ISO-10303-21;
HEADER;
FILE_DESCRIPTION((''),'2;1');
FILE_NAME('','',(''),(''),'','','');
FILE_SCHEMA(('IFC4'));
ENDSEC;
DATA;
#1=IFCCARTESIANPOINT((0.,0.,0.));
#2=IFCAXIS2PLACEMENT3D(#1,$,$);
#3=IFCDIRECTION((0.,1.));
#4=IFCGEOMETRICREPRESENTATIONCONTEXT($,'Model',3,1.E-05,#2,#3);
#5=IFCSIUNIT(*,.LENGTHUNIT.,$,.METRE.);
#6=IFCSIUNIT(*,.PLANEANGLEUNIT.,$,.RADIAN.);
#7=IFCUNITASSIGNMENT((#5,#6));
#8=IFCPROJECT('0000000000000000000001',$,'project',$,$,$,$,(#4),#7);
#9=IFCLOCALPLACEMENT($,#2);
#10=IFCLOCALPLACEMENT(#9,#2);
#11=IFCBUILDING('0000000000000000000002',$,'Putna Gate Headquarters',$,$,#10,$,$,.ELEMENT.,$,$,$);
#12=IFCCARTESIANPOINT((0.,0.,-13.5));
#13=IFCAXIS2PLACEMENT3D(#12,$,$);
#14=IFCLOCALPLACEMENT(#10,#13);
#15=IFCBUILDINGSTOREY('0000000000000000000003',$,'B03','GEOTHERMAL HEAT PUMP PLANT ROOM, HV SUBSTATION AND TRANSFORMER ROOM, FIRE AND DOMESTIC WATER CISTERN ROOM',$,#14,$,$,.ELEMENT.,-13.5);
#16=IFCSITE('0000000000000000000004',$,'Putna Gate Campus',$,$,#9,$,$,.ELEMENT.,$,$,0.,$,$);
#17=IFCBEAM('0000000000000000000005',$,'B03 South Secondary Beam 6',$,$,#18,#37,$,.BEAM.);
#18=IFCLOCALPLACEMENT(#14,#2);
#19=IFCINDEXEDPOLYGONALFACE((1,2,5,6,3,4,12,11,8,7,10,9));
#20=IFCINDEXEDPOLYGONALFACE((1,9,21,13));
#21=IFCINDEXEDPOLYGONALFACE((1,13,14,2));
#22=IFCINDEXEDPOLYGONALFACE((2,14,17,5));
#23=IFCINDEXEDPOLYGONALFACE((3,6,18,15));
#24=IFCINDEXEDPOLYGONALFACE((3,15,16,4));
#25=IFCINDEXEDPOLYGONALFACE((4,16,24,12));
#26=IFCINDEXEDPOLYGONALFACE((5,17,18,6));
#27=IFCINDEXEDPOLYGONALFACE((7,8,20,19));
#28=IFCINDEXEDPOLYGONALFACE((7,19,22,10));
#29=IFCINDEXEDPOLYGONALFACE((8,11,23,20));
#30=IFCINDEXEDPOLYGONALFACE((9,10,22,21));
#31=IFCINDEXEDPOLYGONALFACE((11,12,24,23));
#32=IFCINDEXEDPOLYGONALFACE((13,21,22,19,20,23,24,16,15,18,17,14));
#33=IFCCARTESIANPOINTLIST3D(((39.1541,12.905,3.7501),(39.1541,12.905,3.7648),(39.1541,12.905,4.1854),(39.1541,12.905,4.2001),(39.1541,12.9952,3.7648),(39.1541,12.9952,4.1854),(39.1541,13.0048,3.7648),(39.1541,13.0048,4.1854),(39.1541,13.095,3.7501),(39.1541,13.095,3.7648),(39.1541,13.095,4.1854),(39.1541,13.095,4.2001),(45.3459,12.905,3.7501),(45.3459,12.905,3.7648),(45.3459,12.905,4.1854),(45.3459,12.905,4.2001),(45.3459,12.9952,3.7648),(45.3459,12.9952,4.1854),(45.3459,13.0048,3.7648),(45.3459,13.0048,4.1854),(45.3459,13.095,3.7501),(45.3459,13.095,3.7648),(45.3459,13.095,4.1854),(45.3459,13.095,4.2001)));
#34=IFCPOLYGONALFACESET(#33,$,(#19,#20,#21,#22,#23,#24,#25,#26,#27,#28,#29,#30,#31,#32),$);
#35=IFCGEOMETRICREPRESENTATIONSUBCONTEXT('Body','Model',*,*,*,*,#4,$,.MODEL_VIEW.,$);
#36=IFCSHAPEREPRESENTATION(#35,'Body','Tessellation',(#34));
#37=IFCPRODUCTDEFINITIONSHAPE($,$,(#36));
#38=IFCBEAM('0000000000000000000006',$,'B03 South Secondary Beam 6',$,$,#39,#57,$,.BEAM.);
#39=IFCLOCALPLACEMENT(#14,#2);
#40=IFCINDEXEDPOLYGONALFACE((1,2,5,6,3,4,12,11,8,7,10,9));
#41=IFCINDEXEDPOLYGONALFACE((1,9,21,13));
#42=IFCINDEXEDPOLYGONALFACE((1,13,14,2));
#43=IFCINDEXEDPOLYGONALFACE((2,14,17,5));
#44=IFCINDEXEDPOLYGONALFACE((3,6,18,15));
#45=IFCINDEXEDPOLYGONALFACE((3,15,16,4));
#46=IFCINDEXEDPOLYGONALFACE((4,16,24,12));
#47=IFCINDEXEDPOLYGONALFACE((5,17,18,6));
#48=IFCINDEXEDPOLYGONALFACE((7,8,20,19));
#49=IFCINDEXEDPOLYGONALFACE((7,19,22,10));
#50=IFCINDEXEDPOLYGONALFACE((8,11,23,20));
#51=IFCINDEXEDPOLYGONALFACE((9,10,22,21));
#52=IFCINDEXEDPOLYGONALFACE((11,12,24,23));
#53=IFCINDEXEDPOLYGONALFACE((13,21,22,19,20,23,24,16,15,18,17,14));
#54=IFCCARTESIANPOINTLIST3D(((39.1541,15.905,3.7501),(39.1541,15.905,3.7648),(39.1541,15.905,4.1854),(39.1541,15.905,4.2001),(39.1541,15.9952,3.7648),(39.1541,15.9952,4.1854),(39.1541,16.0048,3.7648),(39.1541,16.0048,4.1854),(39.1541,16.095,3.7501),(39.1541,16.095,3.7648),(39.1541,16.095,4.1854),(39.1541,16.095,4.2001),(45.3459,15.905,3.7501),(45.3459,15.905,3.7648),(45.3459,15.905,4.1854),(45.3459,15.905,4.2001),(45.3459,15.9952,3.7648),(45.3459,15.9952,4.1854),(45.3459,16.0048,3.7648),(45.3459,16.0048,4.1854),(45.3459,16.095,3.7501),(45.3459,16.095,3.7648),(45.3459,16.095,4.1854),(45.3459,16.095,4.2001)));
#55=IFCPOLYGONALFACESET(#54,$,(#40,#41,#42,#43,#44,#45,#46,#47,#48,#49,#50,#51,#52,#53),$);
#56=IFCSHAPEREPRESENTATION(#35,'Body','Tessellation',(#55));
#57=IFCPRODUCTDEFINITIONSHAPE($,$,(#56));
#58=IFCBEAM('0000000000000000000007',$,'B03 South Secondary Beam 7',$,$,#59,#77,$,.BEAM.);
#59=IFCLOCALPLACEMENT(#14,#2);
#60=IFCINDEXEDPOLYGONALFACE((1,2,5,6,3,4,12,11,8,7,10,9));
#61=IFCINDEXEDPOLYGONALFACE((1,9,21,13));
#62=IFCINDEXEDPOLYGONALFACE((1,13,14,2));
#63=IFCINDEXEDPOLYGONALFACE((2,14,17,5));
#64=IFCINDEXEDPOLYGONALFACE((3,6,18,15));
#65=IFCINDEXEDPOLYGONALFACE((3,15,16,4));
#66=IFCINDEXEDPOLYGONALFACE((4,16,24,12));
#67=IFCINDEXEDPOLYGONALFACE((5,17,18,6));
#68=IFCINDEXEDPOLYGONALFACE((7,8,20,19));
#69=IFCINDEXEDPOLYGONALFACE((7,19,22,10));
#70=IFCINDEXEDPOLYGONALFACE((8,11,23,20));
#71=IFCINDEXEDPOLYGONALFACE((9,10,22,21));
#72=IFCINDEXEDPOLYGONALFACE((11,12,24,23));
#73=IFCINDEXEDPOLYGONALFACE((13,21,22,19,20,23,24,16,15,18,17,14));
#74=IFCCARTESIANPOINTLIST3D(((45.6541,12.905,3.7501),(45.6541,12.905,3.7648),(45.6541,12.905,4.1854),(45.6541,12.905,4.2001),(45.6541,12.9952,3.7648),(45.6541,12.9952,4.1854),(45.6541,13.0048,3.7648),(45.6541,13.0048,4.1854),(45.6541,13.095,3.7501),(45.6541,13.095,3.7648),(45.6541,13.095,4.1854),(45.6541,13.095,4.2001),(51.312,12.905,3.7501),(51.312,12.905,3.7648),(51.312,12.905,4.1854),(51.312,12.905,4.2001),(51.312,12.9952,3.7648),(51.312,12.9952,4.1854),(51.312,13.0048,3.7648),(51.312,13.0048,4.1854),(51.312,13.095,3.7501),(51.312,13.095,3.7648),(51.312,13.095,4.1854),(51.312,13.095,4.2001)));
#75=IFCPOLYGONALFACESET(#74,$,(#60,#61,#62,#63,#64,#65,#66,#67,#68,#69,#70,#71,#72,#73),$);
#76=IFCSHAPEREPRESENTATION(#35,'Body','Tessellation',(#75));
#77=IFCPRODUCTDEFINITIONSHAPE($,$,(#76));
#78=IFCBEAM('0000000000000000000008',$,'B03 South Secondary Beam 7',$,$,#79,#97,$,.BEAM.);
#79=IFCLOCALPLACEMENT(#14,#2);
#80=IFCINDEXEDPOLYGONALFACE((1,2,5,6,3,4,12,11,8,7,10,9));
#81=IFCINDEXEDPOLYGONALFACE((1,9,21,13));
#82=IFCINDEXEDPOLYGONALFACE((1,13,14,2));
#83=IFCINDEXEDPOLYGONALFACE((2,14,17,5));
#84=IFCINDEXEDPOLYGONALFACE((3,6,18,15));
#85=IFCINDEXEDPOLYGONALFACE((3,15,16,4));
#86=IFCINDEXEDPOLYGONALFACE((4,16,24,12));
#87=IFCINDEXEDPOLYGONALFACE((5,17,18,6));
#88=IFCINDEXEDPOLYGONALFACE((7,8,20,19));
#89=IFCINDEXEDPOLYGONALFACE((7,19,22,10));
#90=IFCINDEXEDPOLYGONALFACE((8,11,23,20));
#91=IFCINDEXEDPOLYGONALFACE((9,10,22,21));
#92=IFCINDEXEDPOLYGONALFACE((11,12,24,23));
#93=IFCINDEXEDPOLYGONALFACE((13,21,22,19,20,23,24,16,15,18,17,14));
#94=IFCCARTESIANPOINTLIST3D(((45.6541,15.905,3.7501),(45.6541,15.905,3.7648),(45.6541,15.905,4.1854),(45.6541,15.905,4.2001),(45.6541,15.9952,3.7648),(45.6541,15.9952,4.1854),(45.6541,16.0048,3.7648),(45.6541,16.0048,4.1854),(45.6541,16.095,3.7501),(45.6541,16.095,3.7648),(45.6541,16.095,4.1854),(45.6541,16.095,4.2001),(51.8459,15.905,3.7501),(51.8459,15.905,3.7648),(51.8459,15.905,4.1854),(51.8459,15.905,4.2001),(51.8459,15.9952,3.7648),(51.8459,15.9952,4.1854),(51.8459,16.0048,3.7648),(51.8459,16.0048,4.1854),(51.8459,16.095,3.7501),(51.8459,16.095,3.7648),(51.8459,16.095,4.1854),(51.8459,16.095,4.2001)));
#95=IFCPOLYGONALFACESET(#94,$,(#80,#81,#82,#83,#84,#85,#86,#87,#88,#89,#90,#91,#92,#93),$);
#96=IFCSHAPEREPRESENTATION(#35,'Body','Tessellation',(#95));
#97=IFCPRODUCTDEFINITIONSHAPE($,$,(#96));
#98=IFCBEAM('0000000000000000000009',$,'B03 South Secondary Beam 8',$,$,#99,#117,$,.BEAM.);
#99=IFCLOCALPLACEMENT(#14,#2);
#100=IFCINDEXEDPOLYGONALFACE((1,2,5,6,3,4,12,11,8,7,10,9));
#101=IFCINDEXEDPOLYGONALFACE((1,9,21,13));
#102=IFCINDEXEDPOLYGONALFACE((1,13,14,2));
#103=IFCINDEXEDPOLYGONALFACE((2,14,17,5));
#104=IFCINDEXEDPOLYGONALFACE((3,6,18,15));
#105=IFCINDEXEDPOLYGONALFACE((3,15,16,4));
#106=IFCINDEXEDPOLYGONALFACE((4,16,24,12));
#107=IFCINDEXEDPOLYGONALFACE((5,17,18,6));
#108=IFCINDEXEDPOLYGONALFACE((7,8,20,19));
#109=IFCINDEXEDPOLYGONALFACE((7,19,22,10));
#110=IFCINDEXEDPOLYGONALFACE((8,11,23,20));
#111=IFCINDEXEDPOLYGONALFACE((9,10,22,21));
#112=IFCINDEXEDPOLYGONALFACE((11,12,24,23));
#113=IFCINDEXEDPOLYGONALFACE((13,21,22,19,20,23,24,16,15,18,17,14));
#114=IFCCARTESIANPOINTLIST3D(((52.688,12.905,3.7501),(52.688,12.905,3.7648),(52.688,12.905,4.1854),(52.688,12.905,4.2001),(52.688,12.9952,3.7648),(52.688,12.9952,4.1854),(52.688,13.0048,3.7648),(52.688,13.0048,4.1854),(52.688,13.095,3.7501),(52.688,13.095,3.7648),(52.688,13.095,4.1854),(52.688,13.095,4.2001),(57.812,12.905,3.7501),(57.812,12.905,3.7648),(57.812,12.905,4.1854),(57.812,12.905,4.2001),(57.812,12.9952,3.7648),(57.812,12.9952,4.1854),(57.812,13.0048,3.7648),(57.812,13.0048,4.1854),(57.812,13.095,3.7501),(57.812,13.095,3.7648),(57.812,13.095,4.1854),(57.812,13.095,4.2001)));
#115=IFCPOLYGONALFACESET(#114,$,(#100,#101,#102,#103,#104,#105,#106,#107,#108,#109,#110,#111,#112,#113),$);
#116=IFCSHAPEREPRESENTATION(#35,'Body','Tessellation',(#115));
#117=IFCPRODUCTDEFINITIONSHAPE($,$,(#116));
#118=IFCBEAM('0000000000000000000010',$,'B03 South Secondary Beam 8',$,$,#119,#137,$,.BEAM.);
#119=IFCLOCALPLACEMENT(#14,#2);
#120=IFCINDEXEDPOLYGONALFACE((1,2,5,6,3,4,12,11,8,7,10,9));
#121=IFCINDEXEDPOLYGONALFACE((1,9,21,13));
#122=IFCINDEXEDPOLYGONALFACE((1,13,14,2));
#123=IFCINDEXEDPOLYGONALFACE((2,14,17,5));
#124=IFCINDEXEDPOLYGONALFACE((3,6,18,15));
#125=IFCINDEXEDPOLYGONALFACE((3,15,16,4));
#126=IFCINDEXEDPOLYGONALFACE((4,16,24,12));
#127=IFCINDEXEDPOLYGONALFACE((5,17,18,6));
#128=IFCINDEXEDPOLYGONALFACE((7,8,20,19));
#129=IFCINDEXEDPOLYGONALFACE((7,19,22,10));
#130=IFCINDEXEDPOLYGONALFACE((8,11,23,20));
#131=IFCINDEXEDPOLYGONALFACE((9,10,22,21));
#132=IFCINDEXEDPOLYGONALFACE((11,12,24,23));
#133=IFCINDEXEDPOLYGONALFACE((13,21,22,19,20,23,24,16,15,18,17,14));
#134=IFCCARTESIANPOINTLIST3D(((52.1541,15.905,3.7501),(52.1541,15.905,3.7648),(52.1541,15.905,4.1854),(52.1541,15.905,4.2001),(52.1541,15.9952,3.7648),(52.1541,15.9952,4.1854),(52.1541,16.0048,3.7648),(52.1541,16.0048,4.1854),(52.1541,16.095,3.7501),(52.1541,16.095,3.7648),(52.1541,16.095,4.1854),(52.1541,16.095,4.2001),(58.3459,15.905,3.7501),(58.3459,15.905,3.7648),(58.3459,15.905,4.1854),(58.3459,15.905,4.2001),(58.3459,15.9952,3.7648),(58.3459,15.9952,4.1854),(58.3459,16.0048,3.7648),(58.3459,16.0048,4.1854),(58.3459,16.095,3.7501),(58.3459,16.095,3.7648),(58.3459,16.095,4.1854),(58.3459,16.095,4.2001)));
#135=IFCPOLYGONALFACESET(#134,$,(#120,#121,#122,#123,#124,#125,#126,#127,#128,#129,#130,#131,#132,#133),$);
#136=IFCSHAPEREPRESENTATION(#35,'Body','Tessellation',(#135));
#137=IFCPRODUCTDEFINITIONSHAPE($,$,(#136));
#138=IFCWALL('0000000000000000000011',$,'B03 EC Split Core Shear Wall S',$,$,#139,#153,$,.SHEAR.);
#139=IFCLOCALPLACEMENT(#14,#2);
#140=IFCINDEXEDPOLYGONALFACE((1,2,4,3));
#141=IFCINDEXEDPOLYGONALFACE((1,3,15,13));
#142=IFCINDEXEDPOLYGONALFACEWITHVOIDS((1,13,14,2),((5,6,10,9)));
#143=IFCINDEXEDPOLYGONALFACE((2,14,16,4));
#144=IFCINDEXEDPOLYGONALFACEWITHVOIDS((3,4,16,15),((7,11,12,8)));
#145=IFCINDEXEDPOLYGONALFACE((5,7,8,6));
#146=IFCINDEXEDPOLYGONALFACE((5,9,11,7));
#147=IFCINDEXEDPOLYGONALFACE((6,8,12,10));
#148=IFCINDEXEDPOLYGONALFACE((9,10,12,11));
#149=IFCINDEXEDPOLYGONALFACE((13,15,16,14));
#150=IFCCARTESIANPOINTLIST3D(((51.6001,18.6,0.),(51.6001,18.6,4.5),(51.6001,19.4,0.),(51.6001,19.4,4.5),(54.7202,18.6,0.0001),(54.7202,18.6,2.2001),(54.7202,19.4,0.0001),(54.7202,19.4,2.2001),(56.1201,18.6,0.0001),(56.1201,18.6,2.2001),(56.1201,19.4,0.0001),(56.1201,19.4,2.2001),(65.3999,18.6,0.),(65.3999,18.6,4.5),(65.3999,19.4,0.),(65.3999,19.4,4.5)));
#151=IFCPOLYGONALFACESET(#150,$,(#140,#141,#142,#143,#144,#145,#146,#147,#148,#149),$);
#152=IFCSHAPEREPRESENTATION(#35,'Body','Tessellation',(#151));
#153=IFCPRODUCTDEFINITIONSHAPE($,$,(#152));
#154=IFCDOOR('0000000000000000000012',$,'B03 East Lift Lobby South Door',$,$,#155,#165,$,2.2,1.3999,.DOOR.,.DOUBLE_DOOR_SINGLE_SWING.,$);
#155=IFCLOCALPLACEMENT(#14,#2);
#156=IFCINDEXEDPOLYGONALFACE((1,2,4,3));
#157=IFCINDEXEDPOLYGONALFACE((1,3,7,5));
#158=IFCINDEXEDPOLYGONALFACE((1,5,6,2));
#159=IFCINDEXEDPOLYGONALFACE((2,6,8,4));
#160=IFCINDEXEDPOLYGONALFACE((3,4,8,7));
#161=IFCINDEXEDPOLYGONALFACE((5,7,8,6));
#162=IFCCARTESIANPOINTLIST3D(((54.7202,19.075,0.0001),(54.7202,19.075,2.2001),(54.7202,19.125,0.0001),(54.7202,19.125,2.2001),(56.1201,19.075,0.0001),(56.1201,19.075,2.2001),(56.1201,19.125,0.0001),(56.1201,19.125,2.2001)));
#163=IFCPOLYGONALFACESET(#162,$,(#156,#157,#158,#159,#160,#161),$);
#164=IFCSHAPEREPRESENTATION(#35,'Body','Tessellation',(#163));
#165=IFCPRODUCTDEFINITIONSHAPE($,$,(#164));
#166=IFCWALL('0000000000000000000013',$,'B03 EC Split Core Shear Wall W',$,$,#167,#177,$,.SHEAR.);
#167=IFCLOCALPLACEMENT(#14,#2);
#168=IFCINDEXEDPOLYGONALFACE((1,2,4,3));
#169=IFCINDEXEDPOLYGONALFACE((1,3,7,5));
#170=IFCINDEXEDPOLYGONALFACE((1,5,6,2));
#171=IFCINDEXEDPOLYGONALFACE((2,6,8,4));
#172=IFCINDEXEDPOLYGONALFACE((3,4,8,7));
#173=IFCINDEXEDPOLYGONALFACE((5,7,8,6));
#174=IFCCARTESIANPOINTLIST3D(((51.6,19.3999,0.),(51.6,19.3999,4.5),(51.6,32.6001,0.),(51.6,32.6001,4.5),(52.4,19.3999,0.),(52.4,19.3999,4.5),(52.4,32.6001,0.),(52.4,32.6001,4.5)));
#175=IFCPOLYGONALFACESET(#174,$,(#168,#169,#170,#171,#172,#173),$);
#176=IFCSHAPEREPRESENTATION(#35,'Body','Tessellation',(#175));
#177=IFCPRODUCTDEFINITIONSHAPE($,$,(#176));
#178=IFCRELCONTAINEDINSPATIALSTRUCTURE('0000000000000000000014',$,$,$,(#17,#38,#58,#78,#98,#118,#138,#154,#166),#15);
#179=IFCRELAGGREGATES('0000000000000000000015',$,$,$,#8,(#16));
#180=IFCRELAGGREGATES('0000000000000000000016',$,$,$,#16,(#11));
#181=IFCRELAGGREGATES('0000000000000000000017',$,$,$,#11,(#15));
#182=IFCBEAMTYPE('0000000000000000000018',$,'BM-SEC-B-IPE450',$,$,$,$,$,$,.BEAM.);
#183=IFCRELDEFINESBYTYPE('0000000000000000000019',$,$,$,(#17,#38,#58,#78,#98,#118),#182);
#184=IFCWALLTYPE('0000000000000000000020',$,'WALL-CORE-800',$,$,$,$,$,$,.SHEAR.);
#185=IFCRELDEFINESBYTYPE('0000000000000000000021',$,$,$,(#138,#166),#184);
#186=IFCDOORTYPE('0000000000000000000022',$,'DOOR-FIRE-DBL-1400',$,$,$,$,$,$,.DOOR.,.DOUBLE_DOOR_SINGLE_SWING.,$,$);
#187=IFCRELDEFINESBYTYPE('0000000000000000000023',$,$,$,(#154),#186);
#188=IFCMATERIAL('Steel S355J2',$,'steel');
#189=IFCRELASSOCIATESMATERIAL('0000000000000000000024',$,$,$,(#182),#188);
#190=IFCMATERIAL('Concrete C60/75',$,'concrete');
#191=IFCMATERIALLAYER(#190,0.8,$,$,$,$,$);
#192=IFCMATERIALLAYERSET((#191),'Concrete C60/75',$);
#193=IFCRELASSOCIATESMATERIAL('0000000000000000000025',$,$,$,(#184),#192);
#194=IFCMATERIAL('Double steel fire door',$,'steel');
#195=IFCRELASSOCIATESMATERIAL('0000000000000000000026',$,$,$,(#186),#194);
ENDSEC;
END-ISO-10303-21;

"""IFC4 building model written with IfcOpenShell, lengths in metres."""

from ifc_helpers import new_model, si_unit, direction, frame, frame_2d, origin, origin_2d, place, context, subcontext, project, spatial, rectangle, i_section, extrude, material, layer, layer_set, material_profile, profile_set, type_object, element, fill, save


model = new_model("IFC4")

# Units and contexts
model_context = context("Model", 3, precision=1e-05, world=origin(), true_north=direction((0.0, 1.0)))
body_context = subcontext(model_context, "Body", "Model", "MODEL_VIEW")
ifc_project = project(units=[si_unit("LENGTHUNIT", "METRE"), si_unit("PLANEANGLEUNIT", "RADIAN")], contexts=[model_context])

# Site, building, storey
site_placement = place(None, origin())
site = spatial("IfcSite", under=ifc_project, at=site_placement, Name="Putna Gate Campus", CompositionType="ELEMENT", RefElevation=0.0)
building_placement = place(site_placement, origin())
building = spatial("IfcBuilding", under=site, at=building_placement, Name="Putna Gate Headquarters", CompositionType="ELEMENT")
storey_placement = place(building_placement, frame((0.0, 0.0, -13.5)))
storey = spatial("IfcBuildingStorey", under=building, at=storey_placement, Name="B03", Description="GEOTHERMAL HEAT PUMP PLANT ROOM, HV SUBSTATION AND TRANSFORMER ROOM, FIRE AND DOMESTIC WATER CISTERN ROOM", CompositionType="ELEMENT", Elevation=-13.5)

# Shared definitions
ifc_material_1 = material(Name="Concrete C60/75", Category="concrete")

# Beams
ifc_material_2 = material(Name="Steel S355J2", Category="steel")
ifc_material_profile_1 = material_profile(ifc_material_2, i_section(OverallWidth=0.1899, OverallDepth=0.45, WebThickness=0.0095, FlangeThickness=0.0146, at=origin_2d()), Name="Steel S355J2")
ifc_profile_set_1 = profile_set([ifc_material_profile_1], Name="Steel S355J2")
beam_type_1 = type_object("IfcBeamType", Name="BM-SEC-B-IPE450", PredefinedType="BEAM", material=ifc_profile_set_1)
for number, where, z_axis, x_axis, name in (
    (1, (39.1541, 13.0, 3.9751), (1.0, 0.0, 0.0), (0.0, 1.0, 0.0), "B03 South Secondary Beam 6"),
    (2, (39.1541, 16.0, 3.9751), (1.0, 0.0, 0.0), (0.0, 1.0, 0.0), "B03 South Secondary Beam 6"),
):
    element("IfcBeam", number, at=place(storey_placement, frame(where, z_axis=z_axis, x_axis=x_axis)), inside=storey, type_object=beam_type_1, Name=name, PredefinedType="BEAM", context=body_context, shape_type="SweptSolid", body=[
        extrude(i_section(OverallWidth=0.1899, OverallDepth=0.45, WebThickness=0.0095, FlangeThickness=0.0146, at=origin_2d()), origin(), (0.0, 0.0, 1.0), 6.1919),
    ])
beam_1_placement = place(storey_placement, frame((45.6541, 13.0, 3.9751), z_axis=(1.0, 0.0, 0.0), x_axis=(0.0, 1.0, 0.0)))
element("IfcBeam", 3, at=beam_1_placement, inside=storey, type_object=beam_type_1, Name="B03 South Secondary Beam 7", PredefinedType="BEAM", context=body_context, shape_type="SweptSolid", body=[
    extrude(i_section(OverallWidth=0.1899, OverallDepth=0.45, WebThickness=0.0095, FlangeThickness=0.0146, at=origin_2d()), origin(), (0.0, 0.0, 1.0), 5.658),
])
beam_2_placement = place(storey_placement, frame((45.6541, 16.0, 3.9751), z_axis=(1.0, 0.0, 0.0), x_axis=(0.0, 1.0, 0.0)))
element("IfcBeam", 4, at=beam_2_placement, inside=storey, type_object=beam_type_1, Name="B03 South Secondary Beam 7", PredefinedType="BEAM", context=body_context, shape_type="SweptSolid", body=[
    extrude(i_section(OverallWidth=0.1899, OverallDepth=0.45, WebThickness=0.0095, FlangeThickness=0.0146, at=origin_2d()), origin(), (0.0, 0.0, 1.0), 6.1919),
])
beam_3_placement = place(storey_placement, frame((52.688, 13.0, 3.9751), z_axis=(1.0, 0.0, 0.0), x_axis=(0.0, 1.0, 0.0)))
element("IfcBeam", 5, at=beam_3_placement, inside=storey, type_object=beam_type_1, Name="B03 South Secondary Beam 8", PredefinedType="BEAM", context=body_context, shape_type="SweptSolid", body=[
    extrude(i_section(OverallWidth=0.1899, OverallDepth=0.45, WebThickness=0.0095, FlangeThickness=0.0146, at=origin_2d()), origin(), (0.0, 0.0, 1.0), 5.124),
])
beam_4_placement = place(storey_placement, frame((52.1541, 16.0, 3.9751), z_axis=(1.0, 0.0, 0.0), x_axis=(0.0, 1.0, 0.0)))
element("IfcBeam", 6, at=beam_4_placement, inside=storey, type_object=beam_type_1, Name="B03 South Secondary Beam 8", PredefinedType="BEAM", context=body_context, shape_type="SweptSolid", body=[
    extrude(i_section(OverallWidth=0.1899, OverallDepth=0.45, WebThickness=0.0095, FlangeThickness=0.0146, at=origin_2d()), origin(), (0.0, 0.0, 1.0), 6.1919),
])

# Wall, opening, door
ifc_layer_1 = layer(ifc_material_1, 0.8)
ifc_layer_set_1 = layer_set([ifc_layer_1], Name="Concrete C60/75")
wall_type_1 = type_object("IfcWallType", Name="WALL-CORE-800", PredefinedType="SHEAR", material=ifc_layer_set_1)
wall_1_placement = place(storey_placement, frame((51.6001, 19.0, 0.0), z_axis=(0.0, 0.0, 1.0), x_axis=(1.0, 0.0, 0.0)))
wall_1 = element("IfcWall", 7, at=wall_1_placement, inside=storey, type_object=wall_type_1, Name="B03 EC Split Core Shear Wall S", PredefinedType="SHEAR", context=body_context, shape_type="SweptSolid", body=[
    extrude(rectangle(XDim=13.7998, YDim=0.8, at=frame_2d((6.8999, 0.0))), origin(), (0.0, 0.0, 1.0), 4.5),
])
opening_1_placement = place(wall_1_placement, frame((3.1201, 0.0, 0.0)))
opening_1 = element("IfcOpeningElement", 8, at=opening_1_placement, cuts=wall_1, PredefinedType="OPENING", context=body_context, shape_type="SweptSolid", body=[
    extrude(rectangle(XDim=1.3999, YDim=2.2, at=frame_2d((0.7, 1.1001))), frame((0.0, 0.4099, 0.0), z_axis=(0.0, -1.0, 0.0), x_axis=(1.0, 0.0, 0.0)), (0.0, 0.0, 1.0), 0.8201),
])
ifc_material_3 = material(Name="Double steel fire door", Category="steel")
door_type_1 = type_object("IfcDoorType", Name="DOOR-FIRE-DBL-1400", OperationType="DOUBLE_DOOR_SINGLE_SWING", PredefinedType="DOOR", material=ifc_material_3)
door_1_placement = place(opening_1_placement, origin())
door_1 = element("IfcDoor", 9, at=door_1_placement, inside=storey, type_object=door_type_1, Name="B03 East Lift Lobby South Door", OperationType="DOUBLE_DOOR_SINGLE_SWING", OverallHeight=2.2, OverallWidth=1.3999, PredefinedType="DOOR", context=body_context, shape_type="SweptSolid", body=[
    extrude(rectangle(XDim=1.3999, YDim=2.2, at=frame_2d((0.7, 1.1001))), frame((0.0, 0.125, 0.0), z_axis=(0.0, -1.0, 0.0), x_axis=(1.0, 0.0, 0.0)), (0.0, 0.0, 1.0), 0.05),
])
fill(opening_1, door_1)

# Wall
wall_2_placement = place(storey_placement, frame((52.0, 19.3999, 0.0), z_axis=(0.0, 0.0, 1.0), x_axis=(0.0, 1.0, 0.0)))
element("IfcWall", 10, at=wall_2_placement, inside=storey, type_object=wall_type_1, Name="B03 EC Split Core Shear Wall W", PredefinedType="SHEAR", context=body_context, shape_type="SweptSolid", body=[
    extrude(rectangle(XDim=13.2002, YDim=0.8, at=frame_2d((6.6001, 0.0))), origin(), (0.0, 0.0, 1.0), 4.5),
])

save(model, "model.ifc")
